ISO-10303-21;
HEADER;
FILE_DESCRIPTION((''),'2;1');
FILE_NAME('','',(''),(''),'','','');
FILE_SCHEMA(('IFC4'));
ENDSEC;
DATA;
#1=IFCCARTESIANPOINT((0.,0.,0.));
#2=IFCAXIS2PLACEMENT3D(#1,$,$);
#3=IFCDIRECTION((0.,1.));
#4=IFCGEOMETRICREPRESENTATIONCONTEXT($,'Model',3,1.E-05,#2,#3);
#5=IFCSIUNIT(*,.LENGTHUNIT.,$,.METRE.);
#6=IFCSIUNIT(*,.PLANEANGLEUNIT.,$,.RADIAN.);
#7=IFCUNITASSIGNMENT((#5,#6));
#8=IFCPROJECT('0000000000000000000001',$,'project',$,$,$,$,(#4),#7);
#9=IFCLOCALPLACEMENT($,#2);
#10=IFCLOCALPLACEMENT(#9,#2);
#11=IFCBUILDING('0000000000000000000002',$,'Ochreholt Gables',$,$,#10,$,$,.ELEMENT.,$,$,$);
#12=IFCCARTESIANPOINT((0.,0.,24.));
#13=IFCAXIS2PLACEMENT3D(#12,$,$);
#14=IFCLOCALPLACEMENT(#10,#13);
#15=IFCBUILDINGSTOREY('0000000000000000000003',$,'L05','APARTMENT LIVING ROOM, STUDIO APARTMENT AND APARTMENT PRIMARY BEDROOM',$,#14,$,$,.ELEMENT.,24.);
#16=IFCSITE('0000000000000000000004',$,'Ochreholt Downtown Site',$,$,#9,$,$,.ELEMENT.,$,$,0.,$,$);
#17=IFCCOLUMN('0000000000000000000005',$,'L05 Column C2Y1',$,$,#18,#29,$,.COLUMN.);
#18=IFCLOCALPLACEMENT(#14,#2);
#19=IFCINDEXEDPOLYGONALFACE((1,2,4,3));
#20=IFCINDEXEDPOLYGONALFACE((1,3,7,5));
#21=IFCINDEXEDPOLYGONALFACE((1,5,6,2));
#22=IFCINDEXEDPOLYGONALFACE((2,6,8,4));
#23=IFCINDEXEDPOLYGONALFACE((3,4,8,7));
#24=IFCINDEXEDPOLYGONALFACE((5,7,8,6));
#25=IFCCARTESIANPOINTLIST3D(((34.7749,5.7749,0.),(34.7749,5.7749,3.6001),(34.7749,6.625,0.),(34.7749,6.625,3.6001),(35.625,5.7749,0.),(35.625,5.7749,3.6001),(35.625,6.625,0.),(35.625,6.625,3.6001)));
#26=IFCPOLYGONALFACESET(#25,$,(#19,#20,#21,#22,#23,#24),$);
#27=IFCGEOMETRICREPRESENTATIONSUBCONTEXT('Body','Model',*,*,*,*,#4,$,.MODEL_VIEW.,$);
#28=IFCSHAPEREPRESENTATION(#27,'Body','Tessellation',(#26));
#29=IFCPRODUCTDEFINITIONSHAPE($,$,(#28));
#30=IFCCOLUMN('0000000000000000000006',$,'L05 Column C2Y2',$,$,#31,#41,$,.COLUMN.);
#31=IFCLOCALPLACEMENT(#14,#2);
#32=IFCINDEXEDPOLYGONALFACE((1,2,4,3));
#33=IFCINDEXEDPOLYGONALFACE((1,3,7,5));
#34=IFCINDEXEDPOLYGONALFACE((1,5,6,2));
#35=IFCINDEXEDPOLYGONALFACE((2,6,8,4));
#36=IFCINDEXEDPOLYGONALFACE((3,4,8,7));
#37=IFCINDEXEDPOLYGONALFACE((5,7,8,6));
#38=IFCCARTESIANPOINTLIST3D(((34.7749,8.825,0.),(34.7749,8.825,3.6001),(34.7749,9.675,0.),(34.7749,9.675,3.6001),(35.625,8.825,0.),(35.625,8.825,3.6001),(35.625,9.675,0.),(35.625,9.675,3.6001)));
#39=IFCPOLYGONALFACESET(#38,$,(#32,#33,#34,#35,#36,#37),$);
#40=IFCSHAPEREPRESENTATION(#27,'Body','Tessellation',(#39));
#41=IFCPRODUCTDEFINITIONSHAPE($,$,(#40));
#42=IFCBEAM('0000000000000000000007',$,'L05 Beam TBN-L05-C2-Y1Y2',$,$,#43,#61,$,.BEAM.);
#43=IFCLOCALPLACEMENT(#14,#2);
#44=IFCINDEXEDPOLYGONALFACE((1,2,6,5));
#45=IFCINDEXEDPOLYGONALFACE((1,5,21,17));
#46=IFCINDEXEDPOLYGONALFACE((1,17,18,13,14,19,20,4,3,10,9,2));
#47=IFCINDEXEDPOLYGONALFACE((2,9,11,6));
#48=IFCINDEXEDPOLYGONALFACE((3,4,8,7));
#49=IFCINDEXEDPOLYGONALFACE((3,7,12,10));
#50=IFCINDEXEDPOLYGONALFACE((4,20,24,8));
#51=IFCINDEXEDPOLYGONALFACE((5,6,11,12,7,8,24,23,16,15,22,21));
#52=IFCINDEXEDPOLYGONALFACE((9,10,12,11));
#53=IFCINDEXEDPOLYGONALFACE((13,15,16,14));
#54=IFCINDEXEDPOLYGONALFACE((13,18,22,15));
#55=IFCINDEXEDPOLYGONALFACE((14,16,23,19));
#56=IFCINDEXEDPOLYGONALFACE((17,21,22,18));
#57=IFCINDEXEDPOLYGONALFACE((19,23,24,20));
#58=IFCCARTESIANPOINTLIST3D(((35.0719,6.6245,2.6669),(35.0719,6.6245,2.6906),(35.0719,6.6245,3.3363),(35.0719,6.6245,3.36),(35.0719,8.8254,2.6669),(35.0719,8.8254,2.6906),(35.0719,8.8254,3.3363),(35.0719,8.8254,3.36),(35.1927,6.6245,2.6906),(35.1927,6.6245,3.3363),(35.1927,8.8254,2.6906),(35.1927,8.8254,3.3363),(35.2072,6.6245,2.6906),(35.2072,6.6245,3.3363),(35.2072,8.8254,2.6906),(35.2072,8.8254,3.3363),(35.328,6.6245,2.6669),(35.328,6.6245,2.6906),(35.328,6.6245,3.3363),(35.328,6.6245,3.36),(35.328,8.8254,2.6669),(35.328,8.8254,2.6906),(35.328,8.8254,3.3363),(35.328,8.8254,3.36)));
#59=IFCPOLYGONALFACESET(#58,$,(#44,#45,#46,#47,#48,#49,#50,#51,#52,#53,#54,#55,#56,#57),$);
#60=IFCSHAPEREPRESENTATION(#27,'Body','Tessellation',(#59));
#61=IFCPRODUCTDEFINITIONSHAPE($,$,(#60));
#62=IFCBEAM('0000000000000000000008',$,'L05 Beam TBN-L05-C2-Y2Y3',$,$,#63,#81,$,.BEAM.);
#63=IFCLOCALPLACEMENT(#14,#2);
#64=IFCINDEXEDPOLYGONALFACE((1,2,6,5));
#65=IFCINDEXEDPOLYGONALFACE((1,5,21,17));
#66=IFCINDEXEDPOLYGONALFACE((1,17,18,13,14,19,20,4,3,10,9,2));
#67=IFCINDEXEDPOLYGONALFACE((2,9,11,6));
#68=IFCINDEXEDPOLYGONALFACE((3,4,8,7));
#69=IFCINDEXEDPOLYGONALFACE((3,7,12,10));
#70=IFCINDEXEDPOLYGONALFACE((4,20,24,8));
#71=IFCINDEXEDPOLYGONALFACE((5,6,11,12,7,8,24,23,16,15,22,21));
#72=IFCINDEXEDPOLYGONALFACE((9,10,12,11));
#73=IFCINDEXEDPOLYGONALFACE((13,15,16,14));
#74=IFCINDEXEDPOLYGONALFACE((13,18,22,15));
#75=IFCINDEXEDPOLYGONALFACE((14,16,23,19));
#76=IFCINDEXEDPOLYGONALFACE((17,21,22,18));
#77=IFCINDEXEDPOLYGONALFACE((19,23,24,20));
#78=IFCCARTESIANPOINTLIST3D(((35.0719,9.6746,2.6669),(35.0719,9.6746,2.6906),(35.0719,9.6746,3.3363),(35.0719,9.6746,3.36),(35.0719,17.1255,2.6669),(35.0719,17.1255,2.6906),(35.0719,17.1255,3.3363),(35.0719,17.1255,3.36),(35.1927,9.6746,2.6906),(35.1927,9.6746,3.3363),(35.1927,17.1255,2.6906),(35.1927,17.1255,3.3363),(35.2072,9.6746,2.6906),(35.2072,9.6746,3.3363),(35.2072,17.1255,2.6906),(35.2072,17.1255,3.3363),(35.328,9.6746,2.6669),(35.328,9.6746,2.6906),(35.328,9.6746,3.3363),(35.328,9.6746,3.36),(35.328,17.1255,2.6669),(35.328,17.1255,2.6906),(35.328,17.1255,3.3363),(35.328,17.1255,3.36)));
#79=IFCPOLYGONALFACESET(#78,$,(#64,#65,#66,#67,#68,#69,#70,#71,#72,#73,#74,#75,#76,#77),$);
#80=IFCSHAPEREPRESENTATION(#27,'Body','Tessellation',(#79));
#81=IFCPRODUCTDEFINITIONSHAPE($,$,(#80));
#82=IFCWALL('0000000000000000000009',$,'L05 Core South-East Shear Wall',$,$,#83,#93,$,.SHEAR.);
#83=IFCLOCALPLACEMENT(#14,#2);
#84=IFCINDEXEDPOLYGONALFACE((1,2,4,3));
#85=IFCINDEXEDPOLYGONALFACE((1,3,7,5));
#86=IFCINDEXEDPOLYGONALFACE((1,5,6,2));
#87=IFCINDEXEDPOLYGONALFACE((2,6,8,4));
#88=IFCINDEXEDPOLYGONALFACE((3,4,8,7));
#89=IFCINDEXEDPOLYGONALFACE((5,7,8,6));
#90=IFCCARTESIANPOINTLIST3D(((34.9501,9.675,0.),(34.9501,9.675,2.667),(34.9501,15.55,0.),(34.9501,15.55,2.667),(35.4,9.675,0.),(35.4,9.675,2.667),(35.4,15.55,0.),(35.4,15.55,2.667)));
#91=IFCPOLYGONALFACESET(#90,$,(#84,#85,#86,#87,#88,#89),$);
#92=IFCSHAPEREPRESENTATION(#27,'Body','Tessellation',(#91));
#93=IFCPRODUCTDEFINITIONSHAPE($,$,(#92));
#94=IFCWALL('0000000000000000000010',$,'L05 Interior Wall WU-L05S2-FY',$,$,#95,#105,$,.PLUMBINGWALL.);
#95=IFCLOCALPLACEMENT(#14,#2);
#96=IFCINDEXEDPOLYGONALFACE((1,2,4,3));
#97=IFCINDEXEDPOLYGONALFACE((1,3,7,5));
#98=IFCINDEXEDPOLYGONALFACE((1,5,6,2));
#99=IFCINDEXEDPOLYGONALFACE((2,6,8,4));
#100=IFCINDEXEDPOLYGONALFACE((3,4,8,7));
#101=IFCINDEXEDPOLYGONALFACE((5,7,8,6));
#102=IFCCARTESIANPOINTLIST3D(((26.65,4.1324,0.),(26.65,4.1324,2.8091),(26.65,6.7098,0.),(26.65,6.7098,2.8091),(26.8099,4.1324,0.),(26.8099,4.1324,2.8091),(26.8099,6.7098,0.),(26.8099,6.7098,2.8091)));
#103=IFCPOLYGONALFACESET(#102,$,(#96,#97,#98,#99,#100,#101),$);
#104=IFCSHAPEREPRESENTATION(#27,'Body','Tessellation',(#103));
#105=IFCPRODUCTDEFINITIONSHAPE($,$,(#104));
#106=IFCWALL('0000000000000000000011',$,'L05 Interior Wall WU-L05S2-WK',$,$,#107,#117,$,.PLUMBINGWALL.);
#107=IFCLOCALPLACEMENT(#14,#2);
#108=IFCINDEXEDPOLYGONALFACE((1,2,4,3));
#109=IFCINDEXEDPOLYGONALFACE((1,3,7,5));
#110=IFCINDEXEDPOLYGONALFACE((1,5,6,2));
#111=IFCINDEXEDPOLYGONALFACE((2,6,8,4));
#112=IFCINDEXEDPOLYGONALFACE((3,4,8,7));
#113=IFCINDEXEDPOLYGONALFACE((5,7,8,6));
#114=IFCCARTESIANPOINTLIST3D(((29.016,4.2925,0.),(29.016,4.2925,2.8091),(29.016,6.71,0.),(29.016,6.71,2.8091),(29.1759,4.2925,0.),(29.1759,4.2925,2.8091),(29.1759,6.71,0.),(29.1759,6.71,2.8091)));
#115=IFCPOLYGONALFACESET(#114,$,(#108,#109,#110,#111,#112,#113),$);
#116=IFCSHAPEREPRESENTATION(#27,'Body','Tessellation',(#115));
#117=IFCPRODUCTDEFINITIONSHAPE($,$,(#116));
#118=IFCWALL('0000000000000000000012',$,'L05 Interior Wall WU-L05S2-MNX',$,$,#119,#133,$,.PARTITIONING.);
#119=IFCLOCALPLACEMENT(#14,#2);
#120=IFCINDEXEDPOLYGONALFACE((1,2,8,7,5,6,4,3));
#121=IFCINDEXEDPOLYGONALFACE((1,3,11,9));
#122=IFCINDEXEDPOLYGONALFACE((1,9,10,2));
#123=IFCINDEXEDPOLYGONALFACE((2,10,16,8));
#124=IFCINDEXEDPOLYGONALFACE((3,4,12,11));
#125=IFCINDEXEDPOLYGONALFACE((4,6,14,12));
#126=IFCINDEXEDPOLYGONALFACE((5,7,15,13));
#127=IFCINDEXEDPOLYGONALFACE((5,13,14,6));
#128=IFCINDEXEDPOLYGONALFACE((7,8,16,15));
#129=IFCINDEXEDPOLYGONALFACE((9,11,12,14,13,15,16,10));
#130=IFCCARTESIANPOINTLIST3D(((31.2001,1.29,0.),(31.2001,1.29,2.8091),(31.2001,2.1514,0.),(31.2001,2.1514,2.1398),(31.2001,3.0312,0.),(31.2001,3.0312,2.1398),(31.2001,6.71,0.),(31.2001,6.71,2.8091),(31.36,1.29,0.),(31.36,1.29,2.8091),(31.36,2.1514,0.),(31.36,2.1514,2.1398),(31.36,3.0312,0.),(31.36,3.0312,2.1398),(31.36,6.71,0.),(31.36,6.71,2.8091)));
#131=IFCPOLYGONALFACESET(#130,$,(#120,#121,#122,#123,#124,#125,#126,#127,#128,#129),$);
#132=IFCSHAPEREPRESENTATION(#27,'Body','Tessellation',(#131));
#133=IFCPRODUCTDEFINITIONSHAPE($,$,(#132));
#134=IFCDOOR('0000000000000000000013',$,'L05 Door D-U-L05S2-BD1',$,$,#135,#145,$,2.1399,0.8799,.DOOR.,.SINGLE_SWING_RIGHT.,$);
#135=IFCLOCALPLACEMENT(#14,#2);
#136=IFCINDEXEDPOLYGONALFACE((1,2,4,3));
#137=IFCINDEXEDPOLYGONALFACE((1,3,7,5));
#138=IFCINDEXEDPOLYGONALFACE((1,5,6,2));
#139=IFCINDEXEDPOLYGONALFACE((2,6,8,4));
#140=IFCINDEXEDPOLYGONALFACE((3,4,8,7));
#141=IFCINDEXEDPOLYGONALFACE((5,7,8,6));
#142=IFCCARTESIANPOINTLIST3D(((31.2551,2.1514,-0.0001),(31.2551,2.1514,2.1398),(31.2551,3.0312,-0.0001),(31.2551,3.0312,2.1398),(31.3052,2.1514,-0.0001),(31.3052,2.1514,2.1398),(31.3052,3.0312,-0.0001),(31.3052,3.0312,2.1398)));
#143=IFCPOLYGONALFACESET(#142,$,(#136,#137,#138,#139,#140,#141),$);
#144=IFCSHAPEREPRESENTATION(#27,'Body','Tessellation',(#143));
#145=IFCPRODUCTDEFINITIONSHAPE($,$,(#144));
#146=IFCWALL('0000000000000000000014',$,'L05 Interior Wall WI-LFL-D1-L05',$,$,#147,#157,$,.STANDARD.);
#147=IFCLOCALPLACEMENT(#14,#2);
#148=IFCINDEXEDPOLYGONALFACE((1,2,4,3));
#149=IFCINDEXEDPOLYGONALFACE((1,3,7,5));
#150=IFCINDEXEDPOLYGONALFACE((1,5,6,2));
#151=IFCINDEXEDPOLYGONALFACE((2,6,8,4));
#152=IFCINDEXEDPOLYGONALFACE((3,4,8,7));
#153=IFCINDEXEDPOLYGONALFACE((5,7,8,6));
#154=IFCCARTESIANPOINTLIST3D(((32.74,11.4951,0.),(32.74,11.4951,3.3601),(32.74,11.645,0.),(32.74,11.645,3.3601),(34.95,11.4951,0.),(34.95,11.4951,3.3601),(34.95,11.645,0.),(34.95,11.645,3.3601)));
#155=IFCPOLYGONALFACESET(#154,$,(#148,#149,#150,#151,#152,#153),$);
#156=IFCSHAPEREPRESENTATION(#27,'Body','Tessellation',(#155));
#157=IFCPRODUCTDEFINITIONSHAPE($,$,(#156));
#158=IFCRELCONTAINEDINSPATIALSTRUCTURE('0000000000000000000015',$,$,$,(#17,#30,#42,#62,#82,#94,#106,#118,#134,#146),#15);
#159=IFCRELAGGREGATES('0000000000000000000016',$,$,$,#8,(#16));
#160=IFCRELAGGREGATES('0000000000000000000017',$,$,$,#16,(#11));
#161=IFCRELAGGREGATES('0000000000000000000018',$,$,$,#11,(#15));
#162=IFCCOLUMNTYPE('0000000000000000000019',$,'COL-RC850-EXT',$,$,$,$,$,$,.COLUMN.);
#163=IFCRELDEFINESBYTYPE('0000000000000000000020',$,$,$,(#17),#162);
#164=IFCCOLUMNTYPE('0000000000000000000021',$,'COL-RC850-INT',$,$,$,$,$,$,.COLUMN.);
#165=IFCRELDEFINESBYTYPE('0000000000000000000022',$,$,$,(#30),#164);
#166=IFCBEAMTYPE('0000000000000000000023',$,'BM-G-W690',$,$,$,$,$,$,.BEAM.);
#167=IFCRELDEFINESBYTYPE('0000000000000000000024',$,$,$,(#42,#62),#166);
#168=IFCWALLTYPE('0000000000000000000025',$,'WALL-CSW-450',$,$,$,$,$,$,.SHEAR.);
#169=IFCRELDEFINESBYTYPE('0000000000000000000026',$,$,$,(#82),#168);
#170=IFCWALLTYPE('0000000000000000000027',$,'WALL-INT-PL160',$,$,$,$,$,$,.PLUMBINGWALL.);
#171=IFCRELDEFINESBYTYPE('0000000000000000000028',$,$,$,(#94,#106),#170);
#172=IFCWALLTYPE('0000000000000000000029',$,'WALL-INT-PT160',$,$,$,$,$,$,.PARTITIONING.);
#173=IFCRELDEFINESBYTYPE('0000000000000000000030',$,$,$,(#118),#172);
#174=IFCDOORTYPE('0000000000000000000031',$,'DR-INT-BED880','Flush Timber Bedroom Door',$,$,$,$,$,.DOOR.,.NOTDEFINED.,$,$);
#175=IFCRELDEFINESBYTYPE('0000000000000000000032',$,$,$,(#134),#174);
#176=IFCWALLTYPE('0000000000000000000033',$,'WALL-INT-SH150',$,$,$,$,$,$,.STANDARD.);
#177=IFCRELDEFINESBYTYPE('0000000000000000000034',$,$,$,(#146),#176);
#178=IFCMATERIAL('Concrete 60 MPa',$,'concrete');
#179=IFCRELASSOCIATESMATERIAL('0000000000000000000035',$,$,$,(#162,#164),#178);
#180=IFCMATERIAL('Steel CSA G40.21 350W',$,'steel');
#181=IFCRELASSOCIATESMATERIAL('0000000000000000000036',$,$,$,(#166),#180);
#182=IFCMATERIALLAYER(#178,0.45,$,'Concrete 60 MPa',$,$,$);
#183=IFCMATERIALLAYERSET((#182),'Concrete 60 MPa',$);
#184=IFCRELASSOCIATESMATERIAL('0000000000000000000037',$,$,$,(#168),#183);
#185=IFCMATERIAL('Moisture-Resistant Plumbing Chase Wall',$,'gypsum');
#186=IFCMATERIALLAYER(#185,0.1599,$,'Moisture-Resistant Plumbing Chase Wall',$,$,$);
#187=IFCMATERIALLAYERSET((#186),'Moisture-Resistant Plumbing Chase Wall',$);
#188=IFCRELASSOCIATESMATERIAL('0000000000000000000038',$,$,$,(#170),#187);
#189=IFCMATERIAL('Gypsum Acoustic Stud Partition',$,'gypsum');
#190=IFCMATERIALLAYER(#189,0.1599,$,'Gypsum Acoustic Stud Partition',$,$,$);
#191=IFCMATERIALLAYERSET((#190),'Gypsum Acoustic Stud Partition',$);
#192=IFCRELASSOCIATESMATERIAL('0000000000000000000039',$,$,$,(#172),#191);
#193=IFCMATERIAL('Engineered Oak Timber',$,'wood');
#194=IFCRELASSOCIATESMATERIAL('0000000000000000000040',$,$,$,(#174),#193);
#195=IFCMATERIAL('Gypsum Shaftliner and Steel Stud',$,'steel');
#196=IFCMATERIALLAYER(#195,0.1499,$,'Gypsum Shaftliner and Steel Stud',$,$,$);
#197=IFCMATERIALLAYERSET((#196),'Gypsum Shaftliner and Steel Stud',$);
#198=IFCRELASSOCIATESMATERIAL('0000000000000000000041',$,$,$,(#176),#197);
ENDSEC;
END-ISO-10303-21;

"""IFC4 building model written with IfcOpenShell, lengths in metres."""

from ifc_helpers import new_model, si_unit, direction, frame, frame_2d, origin, origin_2d, place, context, subcontext, project, spatial, rectangle, i_section, extrude, material, layer, layer_set, material_profile, profile_set, type_object, element, fill, save


model = new_model("IFC4")

# Units and contexts
model_context = context("Model", 3, precision=1e-05, world=origin(), true_north=direction((0.0, 1.0)))
body_context = subcontext(model_context, "Body", "Model", "MODEL_VIEW")
ifc_project = project(units=[si_unit("LENGTHUNIT", "METRE"), si_unit("PLANEANGLEUNIT", "RADIAN")], contexts=[model_context])

# Site, building, storey
site_placement = place(None, origin())
site = spatial("IfcSite", under=ifc_project, at=site_placement, Name="Ochreholt Downtown Site", CompositionType="ELEMENT", RefElevation=0.0)
building_placement = place(site_placement, origin())
building = spatial("IfcBuilding", under=site, at=building_placement, Name="Ochreholt Gables", CompositionType="ELEMENT")
storey_placement = place(building_placement, frame((0.0, 0.0, 24.0)))
storey = spatial("IfcBuildingStorey", under=building, at=storey_placement, Name="L05", Description="APARTMENT LIVING ROOM, STUDIO APARTMENT AND APARTMENT PRIMARY BEDROOM", CompositionType="ELEMENT", Elevation=24.0)

# Columns
ifc_material_1 = material(Name="Concrete 60 MPa", Category="concrete")
ifc_material_profile_1 = material_profile(ifc_material_1, rectangle(XDim=0.8501, YDim=0.8501, at=origin_2d()), Name="RC850X850")
ifc_profile_set_1 = profile_set([ifc_material_profile_1], Name="Concrete 60 MPa")
column_type_1 = type_object("IfcColumnType", Name="COL-RC850-EXT", PredefinedType="COLUMN", material=ifc_profile_set_1)
column_1_placement = place(storey_placement, frame((35.2, 6.2, 0.0), z_axis=(0.0, 0.0, 1.0), x_axis=(1.0, 0.0, 0.0)))
element("IfcColumn", 1, at=column_1_placement, inside=storey, type_object=column_type_1, Name="L05 Column C2Y1", PredefinedType="COLUMN", context=body_context, shape_type="SweptSolid", body=[
    extrude(rectangle(XDim=0.8501, YDim=0.8501, at=origin_2d()), origin(), (0.0, 0.0, 1.0), 3.6001),
])
ifc_material_profile_2 = material_profile(ifc_material_1, rectangle(XDim=0.8501, YDim=0.8501, at=origin_2d()), Name="RC850X850")
ifc_profile_set_2 = profile_set([ifc_material_profile_2], Name="Concrete 60 MPa")
column_type_2 = type_object("IfcColumnType", Name="COL-RC850-INT", PredefinedType="COLUMN", material=ifc_profile_set_2)
column_2_placement = place(storey_placement, frame((35.2, 9.25, 0.0), z_axis=(0.0, 0.0, 1.0), x_axis=(1.0, 0.0, 0.0)))
element("IfcColumn", 2, at=column_2_placement, inside=storey, type_object=column_type_2, Name="L05 Column C2Y2", PredefinedType="COLUMN", context=body_context, shape_type="SweptSolid", body=[
    extrude(rectangle(XDim=0.8501, YDim=0.8501, at=origin_2d()), origin(), (0.0, 0.0, 1.0), 3.6001),
])

# Beams
ifc_material_2 = material(Name="Steel CSA G40.21 350W", Category="steel")
ifc_material_profile_3 = material_profile(ifc_material_2, i_section(OverallWidth=0.2561, OverallDepth=0.6931, WebThickness=0.0144, FlangeThickness=0.0237, at=origin_2d()), Name="W690X170")
ifc_profile_set_3 = profile_set([ifc_material_profile_3], Name="Steel CSA G40.21 350W")
beam_type = type_object("IfcBeamType", Name="BM-G-W690", PredefinedType="BEAM", material=ifc_profile_set_3)
beam_1_placement = place(storey_placement, frame((35.2, 6.6245, 3.0134), z_axis=(0.0, 1.0, 0.0), x_axis=(-1.0, 0.0, 0.0)))
element("IfcBeam", 3, at=beam_1_placement, inside=storey, type_object=beam_type, Name="L05 Beam TBN-L05-C2-Y1Y2", PredefinedType="BEAM", context=body_context, shape_type="SweptSolid", body=[
    extrude(i_section(OverallWidth=0.2561, OverallDepth=0.6931, WebThickness=0.0144, FlangeThickness=0.0237, at=origin_2d()), origin(), (0.0, 0.0, 1.0), 2.2009),
])
beam_2_placement = place(storey_placement, frame((35.2, 9.6746, 3.0134), z_axis=(0.0, 1.0, 0.0), x_axis=(-1.0, 0.0, 0.0)))
element("IfcBeam", 4, at=beam_2_placement, inside=storey, type_object=beam_type, Name="L05 Beam TBN-L05-C2-Y2Y3", PredefinedType="BEAM", context=body_context, shape_type="SweptSolid", body=[
    extrude(i_section(OverallWidth=0.2561, OverallDepth=0.6931, WebThickness=0.0144, FlangeThickness=0.0237, at=origin_2d()), origin(), (0.0, 0.0, 1.0), 7.4509),
])

# Wall
ifc_layer_1 = layer(ifc_material_1, 0.45, Name="Concrete 60 MPa")
ifc_layer_set_1 = layer_set([ifc_layer_1], Name="Concrete 60 MPa")
wall_type_1 = type_object("IfcWallType", Name="WALL-CSW-450", PredefinedType="SHEAR", material=ifc_layer_set_1)
wall_1_placement = place(storey_placement, frame((35.175, 9.675, 0.0), z_axis=(0.0, 0.0, 1.0), x_axis=(0.0, 1.0, 0.0)))
element("IfcWall", 5, at=wall_1_placement, inside=storey, type_object=wall_type_1, Name="L05 Core South-East Shear Wall", PredefinedType="SHEAR", context=body_context, shape_type="SweptSolid", body=[
    extrude(rectangle(XDim=5.875, YDim=0.45, at=frame_2d((2.9375, 0.0))), origin(), (0.0, 0.0, 1.0), 2.667),
])

# Shared definitions
ifc_material_3 = material(Name="Moisture-Resistant Plumbing Chase Wall", Category="gypsum")
ifc_layer_2 = layer(ifc_material_3, 0.1599, Name="Moisture-Resistant Plumbing Chase Wall")
ifc_layer_set_2 = layer_set([ifc_layer_2], Name="Moisture-Resistant Plumbing Chase Wall")
wall_type_2 = type_object("IfcWallType", Name="WALL-INT-PL160", PredefinedType="PLUMBINGWALL", material=ifc_layer_set_2)
ifc_material_4 = material(Name="Engineered Oak Timber", Category="wood")

# Walls
wall_2_placement = place(storey_placement, frame((26.73, 4.1326, 0.0), z_axis=(0.0, 0.0, 1.0), x_axis=(0.0, 1.0, 0.0)))
element("IfcWall", 6, at=wall_2_placement, inside=storey, type_object=wall_type_2, Name="L05 Interior Wall WU-L05S2-FY", PredefinedType="PLUMBINGWALL", context=body_context, shape_type="SweptSolid", body=[
    extrude(rectangle(XDim=2.5774, YDim=0.1599, at=frame_2d((1.2886, 0.0))), origin(), (0.0, 0.0, 1.0), 2.8091),
])
wall_3_placement = place(storey_placement, frame((29.0959, 4.2925, 0.0), z_axis=(0.0, 0.0, 1.0), x_axis=(0.0, 1.0, 0.0)))
element("IfcWall", 7, at=wall_3_placement, inside=storey, type_object=wall_type_2, Name="L05 Interior Wall WU-L05S2-WK", PredefinedType="PLUMBINGWALL", context=body_context, shape_type="SweptSolid", body=[
    extrude(rectangle(XDim=2.4175, YDim=0.1599, at=frame_2d((1.2087, 0.0))), origin(), (0.0, 0.0, 1.0), 2.8091),
])

# Wall, opening, door
ifc_material_5 = material(Name="Gypsum Acoustic Stud Partition", Category="gypsum")
ifc_layer_3 = layer(ifc_material_5, 0.1599, Name="Gypsum Acoustic Stud Partition")
ifc_layer_set_3 = layer_set([ifc_layer_3], Name="Gypsum Acoustic Stud Partition")
wall_type_3 = type_object("IfcWallType", Name="WALL-INT-PT160", PredefinedType="PARTITIONING", material=ifc_layer_set_3)
wall_4_placement = place(storey_placement, frame((31.28, 1.29, 0.0), z_axis=(0.0, 0.0, 1.0), x_axis=(0.0, 1.0, 0.0)))
wall_4 = element("IfcWall", 8, at=wall_4_placement, inside=storey, type_object=wall_type_3, Name="L05 Interior Wall WU-L05S2-MNX", PredefinedType="PARTITIONING", context=body_context, shape_type="SweptSolid", body=[
    extrude(rectangle(XDim=5.4199, YDim=0.1599, at=frame_2d((2.71, 0.0))), origin(), (0.0, 0.0, 1.0), 2.8091),
])
opening_1_placement = place(wall_4_placement, frame((0.8613, 0.0, 0.0)))
opening_1 = element("IfcOpeningElement", 9, at=opening_1_placement, cuts=wall_4, PredefinedType="OPENING", context=body_context, shape_type="SweptSolid", body=[
    extrude(rectangle(XDim=0.8799, YDim=2.1399, at=frame_2d((0.4399, 1.0698))), frame((0.0, 0.0898, 0.0), z_axis=(0.0, -1.0, 0.0), x_axis=(1.0, 0.0, 0.0)), (0.0, 0.0, 1.0), 0.1799),
])
door_type_1 = type_object("IfcDoorType", Name="DR-INT-BED880", Description="Flush Timber Bedroom Door", OperationType="NOTDEFINED", PredefinedType="DOOR", material=ifc_material_4)
door_1_placement = place(opening_1_placement, origin())
door_1 = element("IfcDoor", 10, at=door_1_placement, inside=storey, type_object=door_type_1, Name="L05 Door D-U-L05S2-BD1", OperationType="SINGLE_SWING_RIGHT", OverallHeight=2.1399, OverallWidth=0.8799, PredefinedType="DOOR", context=body_context, shape_type="SweptSolid", body=[
    extrude(rectangle(XDim=0.8799, YDim=2.1399, at=frame_2d((0.4399, 1.0698))), frame((0.0, 0.0249, 0.0), z_axis=(0.0, -1.0, 0.0), x_axis=(1.0, 0.0, 0.0)), (0.0, 0.0, 1.0), 0.05),
])
fill(opening_1, door_1)

# Wall
ifc_material_6 = material(Name="Gypsum Shaftliner and Steel Stud", Category="steel")
ifc_layer_4 = layer(ifc_material_6, 0.1499, Name="Gypsum Shaftliner and Steel Stud")
ifc_layer_set_4 = layer_set([ifc_layer_4], Name="Gypsum Shaftliner and Steel Stud")
wall_type_4 = type_object("IfcWallType", Name="WALL-INT-SH150", PredefinedType="STANDARD", material=ifc_layer_set_4)
wall_5_placement = place(storey_placement, frame((32.74, 11.5701, 0.0), z_axis=(0.0, 0.0, 1.0), x_axis=(1.0, 0.0, 0.0)))
element("IfcWall", 11, at=wall_5_placement, inside=storey, type_object=wall_type_4, Name="L05 Interior Wall WI-LFL-D1-L05", PredefinedType="STANDARD", context=body_context, shape_type="SweptSolid", body=[
    extrude(rectangle(XDim=2.21, YDim=0.1499, at=frame_2d((1.105, 0.0))), origin(), (0.0, 0.0, 1.0), 3.3601),
])

save(model, "model.ifc")
